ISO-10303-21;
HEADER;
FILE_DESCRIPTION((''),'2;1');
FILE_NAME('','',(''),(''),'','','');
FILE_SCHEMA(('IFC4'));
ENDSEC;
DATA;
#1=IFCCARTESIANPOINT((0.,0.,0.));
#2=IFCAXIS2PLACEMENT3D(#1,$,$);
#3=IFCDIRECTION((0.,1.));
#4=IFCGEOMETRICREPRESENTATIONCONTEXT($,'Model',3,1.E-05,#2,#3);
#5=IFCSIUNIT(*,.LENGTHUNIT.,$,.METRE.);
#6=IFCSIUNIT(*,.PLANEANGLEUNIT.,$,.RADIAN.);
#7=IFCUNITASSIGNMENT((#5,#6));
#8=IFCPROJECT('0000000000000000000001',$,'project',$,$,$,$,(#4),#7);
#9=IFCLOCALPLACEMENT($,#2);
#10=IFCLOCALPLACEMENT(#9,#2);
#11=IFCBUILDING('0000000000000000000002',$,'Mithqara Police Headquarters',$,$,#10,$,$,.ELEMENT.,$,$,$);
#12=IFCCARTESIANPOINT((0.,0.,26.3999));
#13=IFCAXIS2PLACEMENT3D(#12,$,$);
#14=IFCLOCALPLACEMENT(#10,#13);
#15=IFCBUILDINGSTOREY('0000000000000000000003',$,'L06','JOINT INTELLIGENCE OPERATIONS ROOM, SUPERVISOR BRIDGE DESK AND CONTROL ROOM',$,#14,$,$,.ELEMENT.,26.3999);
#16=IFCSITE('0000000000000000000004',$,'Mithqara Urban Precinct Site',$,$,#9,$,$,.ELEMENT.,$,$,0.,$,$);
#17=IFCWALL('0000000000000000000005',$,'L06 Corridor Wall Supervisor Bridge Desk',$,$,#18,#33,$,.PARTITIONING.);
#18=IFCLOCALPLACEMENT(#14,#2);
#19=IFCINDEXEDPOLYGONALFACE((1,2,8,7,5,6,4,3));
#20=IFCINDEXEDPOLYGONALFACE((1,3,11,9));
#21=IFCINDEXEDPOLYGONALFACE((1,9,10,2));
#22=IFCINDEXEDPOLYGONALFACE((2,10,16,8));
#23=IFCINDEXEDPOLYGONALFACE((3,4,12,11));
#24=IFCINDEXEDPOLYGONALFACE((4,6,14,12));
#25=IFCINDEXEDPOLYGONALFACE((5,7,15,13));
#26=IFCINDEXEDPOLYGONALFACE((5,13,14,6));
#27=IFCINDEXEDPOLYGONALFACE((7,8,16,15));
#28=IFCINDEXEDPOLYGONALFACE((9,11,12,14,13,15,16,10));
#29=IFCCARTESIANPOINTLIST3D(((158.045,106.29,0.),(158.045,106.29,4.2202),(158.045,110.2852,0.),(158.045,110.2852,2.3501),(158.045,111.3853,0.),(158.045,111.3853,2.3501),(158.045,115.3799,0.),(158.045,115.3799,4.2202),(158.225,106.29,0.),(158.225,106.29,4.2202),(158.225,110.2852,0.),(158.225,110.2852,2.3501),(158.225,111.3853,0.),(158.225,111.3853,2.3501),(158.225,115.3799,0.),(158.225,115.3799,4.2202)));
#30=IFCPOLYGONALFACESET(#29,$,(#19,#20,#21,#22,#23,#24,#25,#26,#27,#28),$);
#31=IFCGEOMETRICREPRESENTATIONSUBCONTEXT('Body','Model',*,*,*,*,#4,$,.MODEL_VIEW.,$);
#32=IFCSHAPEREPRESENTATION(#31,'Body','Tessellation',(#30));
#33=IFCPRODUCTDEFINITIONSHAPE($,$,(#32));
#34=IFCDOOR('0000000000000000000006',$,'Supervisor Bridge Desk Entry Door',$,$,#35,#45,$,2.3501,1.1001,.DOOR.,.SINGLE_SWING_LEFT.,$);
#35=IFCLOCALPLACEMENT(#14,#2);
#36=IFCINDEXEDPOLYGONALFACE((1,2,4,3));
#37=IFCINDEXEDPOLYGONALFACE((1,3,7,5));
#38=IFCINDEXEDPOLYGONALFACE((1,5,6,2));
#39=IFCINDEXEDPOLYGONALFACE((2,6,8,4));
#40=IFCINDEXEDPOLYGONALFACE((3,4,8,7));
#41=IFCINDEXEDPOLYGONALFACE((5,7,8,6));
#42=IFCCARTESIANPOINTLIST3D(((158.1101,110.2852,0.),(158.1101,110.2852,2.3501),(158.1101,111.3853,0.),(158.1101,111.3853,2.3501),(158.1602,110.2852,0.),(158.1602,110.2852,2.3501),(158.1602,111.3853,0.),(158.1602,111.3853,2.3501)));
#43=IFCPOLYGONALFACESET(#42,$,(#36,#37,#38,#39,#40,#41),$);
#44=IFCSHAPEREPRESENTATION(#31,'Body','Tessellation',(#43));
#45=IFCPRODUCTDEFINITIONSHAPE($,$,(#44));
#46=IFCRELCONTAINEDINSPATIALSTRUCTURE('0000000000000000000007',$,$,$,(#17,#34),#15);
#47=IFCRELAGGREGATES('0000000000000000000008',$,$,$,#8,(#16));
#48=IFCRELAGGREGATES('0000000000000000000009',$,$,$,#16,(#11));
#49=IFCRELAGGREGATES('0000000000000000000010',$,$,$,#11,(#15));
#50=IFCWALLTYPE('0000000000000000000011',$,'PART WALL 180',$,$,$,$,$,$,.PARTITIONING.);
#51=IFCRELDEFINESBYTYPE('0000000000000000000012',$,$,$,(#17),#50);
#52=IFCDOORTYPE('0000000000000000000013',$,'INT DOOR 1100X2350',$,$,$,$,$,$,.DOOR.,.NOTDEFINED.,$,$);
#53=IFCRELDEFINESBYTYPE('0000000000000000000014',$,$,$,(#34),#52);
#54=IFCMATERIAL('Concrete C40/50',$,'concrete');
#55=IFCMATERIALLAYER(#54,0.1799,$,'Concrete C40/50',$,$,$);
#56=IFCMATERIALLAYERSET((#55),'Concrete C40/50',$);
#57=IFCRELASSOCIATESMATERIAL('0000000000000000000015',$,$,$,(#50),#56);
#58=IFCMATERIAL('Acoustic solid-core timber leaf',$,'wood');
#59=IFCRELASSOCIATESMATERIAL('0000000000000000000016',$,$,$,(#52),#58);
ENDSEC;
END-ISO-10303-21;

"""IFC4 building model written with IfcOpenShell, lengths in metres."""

from ifc_helpers import new_model, si_unit, direction, frame, frame_2d, origin, place, context, subcontext, project, spatial, rectangle, extrude, material, layer, layer_set, type_object, element, fill, save


model = new_model("IFC4")

# Units and contexts
model_context = context("Model", 3, precision=1e-05, world=origin(), true_north=direction((0.0, 1.0)))
body_context = subcontext(model_context, "Body", "Model", "MODEL_VIEW")
ifc_project = project(units=[si_unit("LENGTHUNIT", "METRE"), si_unit("PLANEANGLEUNIT", "RADIAN")], contexts=[model_context])

# Site, building, storey
site_placement = place(None, origin())
site = spatial("IfcSite", under=ifc_project, at=site_placement, Name="Mithqara Urban Precinct Site", CompositionType="ELEMENT", RefElevation=0.0)
building_placement = place(site_placement, origin())
building = spatial("IfcBuilding", under=site, at=building_placement, Name="Mithqara Police Headquarters", CompositionType="ELEMENT")
storey_placement = place(building_placement, frame((0.0, 0.0, 26.3999)))
storey = spatial("IfcBuildingStorey", under=building, at=storey_placement, Name="L06", Description="JOINT INTELLIGENCE OPERATIONS ROOM, SUPERVISOR BRIDGE DESK AND CONTROL ROOM", CompositionType="ELEMENT", Elevation=26.3999)

# Shared definitions
ifc_material_1 = material(Name="Concrete C40/50", Category="concrete")
ifc_layer_1 = layer(ifc_material_1, 0.1799, Name="Concrete C40/50")
ifc_layer_set_1 = layer_set([ifc_layer_1], Name="Concrete C40/50")
wall_type = type_object("IfcWallType", Name="PART WALL 180", PredefinedType="PARTITIONING", material=ifc_layer_set_1)
ifc_material_2 = material(Name="Acoustic solid-core timber leaf", Category="wood")

# Wall, opening, door
wall_1_placement = place(storey_placement, frame((158.135, 106.29, 0.0), z_axis=(0.0, 0.0, 1.0), x_axis=(0.0, 1.0, 0.0)))
wall_1 = element("IfcWall", 1, at=wall_1_placement, inside=storey, type_object=wall_type, Name="L06 Corridor Wall Supervisor Bridge Desk", PredefinedType="PARTITIONING", context=body_context, shape_type="SweptSolid", body=[
    extrude(rectangle(XDim=9.0898, YDim=0.1799, at=frame_2d((4.5449, 0.0))), origin(), (0.0, 0.0, 1.0), 4.2202),
])
opening_1_placement = place(wall_1_placement, frame((3.9951, 0.0, 0.0)))
opening_1 = element("IfcOpeningElement", 2, at=opening_1_placement, cuts=wall_1, PredefinedType="OPENING", context=body_context, shape_type="SweptSolid", body=[
    extrude(rectangle(XDim=1.1001, YDim=2.3501, at=frame_2d((0.55, 1.175))), frame((0.0, 0.1001, 0.0), z_axis=(0.0, -1.0, 0.0), x_axis=(1.0, 0.0, 0.0)), (0.0, 0.0, 1.0), 0.2),
])
door_type_1 = type_object("IfcDoorType", Name="INT DOOR 1100X2350", OperationType="NOTDEFINED", PredefinedType="DOOR", material=ifc_material_2)
door_1_placement = place(opening_1_placement, origin())
door_1 = element("IfcDoor", 3, at=door_1_placement, inside=storey, type_object=door_type_1, Name="Supervisor Bridge Desk Entry Door", OperationType="SINGLE_SWING_LEFT", OverallHeight=2.3501, OverallWidth=1.1001, PredefinedType="DOOR", context=body_context, shape_type="SweptSolid", body=[
    extrude(rectangle(XDim=1.1001, YDim=2.3501, at=frame_2d((0.55, 1.175))), frame((0.0, 0.0249, 0.0), z_axis=(0.0, -1.0, 0.0), x_axis=(1.0, 0.0, 0.0)), (0.0, 0.0, 1.0), 0.05),
])
fill(opening_1, door_1)

save(model, "model.ifc")
